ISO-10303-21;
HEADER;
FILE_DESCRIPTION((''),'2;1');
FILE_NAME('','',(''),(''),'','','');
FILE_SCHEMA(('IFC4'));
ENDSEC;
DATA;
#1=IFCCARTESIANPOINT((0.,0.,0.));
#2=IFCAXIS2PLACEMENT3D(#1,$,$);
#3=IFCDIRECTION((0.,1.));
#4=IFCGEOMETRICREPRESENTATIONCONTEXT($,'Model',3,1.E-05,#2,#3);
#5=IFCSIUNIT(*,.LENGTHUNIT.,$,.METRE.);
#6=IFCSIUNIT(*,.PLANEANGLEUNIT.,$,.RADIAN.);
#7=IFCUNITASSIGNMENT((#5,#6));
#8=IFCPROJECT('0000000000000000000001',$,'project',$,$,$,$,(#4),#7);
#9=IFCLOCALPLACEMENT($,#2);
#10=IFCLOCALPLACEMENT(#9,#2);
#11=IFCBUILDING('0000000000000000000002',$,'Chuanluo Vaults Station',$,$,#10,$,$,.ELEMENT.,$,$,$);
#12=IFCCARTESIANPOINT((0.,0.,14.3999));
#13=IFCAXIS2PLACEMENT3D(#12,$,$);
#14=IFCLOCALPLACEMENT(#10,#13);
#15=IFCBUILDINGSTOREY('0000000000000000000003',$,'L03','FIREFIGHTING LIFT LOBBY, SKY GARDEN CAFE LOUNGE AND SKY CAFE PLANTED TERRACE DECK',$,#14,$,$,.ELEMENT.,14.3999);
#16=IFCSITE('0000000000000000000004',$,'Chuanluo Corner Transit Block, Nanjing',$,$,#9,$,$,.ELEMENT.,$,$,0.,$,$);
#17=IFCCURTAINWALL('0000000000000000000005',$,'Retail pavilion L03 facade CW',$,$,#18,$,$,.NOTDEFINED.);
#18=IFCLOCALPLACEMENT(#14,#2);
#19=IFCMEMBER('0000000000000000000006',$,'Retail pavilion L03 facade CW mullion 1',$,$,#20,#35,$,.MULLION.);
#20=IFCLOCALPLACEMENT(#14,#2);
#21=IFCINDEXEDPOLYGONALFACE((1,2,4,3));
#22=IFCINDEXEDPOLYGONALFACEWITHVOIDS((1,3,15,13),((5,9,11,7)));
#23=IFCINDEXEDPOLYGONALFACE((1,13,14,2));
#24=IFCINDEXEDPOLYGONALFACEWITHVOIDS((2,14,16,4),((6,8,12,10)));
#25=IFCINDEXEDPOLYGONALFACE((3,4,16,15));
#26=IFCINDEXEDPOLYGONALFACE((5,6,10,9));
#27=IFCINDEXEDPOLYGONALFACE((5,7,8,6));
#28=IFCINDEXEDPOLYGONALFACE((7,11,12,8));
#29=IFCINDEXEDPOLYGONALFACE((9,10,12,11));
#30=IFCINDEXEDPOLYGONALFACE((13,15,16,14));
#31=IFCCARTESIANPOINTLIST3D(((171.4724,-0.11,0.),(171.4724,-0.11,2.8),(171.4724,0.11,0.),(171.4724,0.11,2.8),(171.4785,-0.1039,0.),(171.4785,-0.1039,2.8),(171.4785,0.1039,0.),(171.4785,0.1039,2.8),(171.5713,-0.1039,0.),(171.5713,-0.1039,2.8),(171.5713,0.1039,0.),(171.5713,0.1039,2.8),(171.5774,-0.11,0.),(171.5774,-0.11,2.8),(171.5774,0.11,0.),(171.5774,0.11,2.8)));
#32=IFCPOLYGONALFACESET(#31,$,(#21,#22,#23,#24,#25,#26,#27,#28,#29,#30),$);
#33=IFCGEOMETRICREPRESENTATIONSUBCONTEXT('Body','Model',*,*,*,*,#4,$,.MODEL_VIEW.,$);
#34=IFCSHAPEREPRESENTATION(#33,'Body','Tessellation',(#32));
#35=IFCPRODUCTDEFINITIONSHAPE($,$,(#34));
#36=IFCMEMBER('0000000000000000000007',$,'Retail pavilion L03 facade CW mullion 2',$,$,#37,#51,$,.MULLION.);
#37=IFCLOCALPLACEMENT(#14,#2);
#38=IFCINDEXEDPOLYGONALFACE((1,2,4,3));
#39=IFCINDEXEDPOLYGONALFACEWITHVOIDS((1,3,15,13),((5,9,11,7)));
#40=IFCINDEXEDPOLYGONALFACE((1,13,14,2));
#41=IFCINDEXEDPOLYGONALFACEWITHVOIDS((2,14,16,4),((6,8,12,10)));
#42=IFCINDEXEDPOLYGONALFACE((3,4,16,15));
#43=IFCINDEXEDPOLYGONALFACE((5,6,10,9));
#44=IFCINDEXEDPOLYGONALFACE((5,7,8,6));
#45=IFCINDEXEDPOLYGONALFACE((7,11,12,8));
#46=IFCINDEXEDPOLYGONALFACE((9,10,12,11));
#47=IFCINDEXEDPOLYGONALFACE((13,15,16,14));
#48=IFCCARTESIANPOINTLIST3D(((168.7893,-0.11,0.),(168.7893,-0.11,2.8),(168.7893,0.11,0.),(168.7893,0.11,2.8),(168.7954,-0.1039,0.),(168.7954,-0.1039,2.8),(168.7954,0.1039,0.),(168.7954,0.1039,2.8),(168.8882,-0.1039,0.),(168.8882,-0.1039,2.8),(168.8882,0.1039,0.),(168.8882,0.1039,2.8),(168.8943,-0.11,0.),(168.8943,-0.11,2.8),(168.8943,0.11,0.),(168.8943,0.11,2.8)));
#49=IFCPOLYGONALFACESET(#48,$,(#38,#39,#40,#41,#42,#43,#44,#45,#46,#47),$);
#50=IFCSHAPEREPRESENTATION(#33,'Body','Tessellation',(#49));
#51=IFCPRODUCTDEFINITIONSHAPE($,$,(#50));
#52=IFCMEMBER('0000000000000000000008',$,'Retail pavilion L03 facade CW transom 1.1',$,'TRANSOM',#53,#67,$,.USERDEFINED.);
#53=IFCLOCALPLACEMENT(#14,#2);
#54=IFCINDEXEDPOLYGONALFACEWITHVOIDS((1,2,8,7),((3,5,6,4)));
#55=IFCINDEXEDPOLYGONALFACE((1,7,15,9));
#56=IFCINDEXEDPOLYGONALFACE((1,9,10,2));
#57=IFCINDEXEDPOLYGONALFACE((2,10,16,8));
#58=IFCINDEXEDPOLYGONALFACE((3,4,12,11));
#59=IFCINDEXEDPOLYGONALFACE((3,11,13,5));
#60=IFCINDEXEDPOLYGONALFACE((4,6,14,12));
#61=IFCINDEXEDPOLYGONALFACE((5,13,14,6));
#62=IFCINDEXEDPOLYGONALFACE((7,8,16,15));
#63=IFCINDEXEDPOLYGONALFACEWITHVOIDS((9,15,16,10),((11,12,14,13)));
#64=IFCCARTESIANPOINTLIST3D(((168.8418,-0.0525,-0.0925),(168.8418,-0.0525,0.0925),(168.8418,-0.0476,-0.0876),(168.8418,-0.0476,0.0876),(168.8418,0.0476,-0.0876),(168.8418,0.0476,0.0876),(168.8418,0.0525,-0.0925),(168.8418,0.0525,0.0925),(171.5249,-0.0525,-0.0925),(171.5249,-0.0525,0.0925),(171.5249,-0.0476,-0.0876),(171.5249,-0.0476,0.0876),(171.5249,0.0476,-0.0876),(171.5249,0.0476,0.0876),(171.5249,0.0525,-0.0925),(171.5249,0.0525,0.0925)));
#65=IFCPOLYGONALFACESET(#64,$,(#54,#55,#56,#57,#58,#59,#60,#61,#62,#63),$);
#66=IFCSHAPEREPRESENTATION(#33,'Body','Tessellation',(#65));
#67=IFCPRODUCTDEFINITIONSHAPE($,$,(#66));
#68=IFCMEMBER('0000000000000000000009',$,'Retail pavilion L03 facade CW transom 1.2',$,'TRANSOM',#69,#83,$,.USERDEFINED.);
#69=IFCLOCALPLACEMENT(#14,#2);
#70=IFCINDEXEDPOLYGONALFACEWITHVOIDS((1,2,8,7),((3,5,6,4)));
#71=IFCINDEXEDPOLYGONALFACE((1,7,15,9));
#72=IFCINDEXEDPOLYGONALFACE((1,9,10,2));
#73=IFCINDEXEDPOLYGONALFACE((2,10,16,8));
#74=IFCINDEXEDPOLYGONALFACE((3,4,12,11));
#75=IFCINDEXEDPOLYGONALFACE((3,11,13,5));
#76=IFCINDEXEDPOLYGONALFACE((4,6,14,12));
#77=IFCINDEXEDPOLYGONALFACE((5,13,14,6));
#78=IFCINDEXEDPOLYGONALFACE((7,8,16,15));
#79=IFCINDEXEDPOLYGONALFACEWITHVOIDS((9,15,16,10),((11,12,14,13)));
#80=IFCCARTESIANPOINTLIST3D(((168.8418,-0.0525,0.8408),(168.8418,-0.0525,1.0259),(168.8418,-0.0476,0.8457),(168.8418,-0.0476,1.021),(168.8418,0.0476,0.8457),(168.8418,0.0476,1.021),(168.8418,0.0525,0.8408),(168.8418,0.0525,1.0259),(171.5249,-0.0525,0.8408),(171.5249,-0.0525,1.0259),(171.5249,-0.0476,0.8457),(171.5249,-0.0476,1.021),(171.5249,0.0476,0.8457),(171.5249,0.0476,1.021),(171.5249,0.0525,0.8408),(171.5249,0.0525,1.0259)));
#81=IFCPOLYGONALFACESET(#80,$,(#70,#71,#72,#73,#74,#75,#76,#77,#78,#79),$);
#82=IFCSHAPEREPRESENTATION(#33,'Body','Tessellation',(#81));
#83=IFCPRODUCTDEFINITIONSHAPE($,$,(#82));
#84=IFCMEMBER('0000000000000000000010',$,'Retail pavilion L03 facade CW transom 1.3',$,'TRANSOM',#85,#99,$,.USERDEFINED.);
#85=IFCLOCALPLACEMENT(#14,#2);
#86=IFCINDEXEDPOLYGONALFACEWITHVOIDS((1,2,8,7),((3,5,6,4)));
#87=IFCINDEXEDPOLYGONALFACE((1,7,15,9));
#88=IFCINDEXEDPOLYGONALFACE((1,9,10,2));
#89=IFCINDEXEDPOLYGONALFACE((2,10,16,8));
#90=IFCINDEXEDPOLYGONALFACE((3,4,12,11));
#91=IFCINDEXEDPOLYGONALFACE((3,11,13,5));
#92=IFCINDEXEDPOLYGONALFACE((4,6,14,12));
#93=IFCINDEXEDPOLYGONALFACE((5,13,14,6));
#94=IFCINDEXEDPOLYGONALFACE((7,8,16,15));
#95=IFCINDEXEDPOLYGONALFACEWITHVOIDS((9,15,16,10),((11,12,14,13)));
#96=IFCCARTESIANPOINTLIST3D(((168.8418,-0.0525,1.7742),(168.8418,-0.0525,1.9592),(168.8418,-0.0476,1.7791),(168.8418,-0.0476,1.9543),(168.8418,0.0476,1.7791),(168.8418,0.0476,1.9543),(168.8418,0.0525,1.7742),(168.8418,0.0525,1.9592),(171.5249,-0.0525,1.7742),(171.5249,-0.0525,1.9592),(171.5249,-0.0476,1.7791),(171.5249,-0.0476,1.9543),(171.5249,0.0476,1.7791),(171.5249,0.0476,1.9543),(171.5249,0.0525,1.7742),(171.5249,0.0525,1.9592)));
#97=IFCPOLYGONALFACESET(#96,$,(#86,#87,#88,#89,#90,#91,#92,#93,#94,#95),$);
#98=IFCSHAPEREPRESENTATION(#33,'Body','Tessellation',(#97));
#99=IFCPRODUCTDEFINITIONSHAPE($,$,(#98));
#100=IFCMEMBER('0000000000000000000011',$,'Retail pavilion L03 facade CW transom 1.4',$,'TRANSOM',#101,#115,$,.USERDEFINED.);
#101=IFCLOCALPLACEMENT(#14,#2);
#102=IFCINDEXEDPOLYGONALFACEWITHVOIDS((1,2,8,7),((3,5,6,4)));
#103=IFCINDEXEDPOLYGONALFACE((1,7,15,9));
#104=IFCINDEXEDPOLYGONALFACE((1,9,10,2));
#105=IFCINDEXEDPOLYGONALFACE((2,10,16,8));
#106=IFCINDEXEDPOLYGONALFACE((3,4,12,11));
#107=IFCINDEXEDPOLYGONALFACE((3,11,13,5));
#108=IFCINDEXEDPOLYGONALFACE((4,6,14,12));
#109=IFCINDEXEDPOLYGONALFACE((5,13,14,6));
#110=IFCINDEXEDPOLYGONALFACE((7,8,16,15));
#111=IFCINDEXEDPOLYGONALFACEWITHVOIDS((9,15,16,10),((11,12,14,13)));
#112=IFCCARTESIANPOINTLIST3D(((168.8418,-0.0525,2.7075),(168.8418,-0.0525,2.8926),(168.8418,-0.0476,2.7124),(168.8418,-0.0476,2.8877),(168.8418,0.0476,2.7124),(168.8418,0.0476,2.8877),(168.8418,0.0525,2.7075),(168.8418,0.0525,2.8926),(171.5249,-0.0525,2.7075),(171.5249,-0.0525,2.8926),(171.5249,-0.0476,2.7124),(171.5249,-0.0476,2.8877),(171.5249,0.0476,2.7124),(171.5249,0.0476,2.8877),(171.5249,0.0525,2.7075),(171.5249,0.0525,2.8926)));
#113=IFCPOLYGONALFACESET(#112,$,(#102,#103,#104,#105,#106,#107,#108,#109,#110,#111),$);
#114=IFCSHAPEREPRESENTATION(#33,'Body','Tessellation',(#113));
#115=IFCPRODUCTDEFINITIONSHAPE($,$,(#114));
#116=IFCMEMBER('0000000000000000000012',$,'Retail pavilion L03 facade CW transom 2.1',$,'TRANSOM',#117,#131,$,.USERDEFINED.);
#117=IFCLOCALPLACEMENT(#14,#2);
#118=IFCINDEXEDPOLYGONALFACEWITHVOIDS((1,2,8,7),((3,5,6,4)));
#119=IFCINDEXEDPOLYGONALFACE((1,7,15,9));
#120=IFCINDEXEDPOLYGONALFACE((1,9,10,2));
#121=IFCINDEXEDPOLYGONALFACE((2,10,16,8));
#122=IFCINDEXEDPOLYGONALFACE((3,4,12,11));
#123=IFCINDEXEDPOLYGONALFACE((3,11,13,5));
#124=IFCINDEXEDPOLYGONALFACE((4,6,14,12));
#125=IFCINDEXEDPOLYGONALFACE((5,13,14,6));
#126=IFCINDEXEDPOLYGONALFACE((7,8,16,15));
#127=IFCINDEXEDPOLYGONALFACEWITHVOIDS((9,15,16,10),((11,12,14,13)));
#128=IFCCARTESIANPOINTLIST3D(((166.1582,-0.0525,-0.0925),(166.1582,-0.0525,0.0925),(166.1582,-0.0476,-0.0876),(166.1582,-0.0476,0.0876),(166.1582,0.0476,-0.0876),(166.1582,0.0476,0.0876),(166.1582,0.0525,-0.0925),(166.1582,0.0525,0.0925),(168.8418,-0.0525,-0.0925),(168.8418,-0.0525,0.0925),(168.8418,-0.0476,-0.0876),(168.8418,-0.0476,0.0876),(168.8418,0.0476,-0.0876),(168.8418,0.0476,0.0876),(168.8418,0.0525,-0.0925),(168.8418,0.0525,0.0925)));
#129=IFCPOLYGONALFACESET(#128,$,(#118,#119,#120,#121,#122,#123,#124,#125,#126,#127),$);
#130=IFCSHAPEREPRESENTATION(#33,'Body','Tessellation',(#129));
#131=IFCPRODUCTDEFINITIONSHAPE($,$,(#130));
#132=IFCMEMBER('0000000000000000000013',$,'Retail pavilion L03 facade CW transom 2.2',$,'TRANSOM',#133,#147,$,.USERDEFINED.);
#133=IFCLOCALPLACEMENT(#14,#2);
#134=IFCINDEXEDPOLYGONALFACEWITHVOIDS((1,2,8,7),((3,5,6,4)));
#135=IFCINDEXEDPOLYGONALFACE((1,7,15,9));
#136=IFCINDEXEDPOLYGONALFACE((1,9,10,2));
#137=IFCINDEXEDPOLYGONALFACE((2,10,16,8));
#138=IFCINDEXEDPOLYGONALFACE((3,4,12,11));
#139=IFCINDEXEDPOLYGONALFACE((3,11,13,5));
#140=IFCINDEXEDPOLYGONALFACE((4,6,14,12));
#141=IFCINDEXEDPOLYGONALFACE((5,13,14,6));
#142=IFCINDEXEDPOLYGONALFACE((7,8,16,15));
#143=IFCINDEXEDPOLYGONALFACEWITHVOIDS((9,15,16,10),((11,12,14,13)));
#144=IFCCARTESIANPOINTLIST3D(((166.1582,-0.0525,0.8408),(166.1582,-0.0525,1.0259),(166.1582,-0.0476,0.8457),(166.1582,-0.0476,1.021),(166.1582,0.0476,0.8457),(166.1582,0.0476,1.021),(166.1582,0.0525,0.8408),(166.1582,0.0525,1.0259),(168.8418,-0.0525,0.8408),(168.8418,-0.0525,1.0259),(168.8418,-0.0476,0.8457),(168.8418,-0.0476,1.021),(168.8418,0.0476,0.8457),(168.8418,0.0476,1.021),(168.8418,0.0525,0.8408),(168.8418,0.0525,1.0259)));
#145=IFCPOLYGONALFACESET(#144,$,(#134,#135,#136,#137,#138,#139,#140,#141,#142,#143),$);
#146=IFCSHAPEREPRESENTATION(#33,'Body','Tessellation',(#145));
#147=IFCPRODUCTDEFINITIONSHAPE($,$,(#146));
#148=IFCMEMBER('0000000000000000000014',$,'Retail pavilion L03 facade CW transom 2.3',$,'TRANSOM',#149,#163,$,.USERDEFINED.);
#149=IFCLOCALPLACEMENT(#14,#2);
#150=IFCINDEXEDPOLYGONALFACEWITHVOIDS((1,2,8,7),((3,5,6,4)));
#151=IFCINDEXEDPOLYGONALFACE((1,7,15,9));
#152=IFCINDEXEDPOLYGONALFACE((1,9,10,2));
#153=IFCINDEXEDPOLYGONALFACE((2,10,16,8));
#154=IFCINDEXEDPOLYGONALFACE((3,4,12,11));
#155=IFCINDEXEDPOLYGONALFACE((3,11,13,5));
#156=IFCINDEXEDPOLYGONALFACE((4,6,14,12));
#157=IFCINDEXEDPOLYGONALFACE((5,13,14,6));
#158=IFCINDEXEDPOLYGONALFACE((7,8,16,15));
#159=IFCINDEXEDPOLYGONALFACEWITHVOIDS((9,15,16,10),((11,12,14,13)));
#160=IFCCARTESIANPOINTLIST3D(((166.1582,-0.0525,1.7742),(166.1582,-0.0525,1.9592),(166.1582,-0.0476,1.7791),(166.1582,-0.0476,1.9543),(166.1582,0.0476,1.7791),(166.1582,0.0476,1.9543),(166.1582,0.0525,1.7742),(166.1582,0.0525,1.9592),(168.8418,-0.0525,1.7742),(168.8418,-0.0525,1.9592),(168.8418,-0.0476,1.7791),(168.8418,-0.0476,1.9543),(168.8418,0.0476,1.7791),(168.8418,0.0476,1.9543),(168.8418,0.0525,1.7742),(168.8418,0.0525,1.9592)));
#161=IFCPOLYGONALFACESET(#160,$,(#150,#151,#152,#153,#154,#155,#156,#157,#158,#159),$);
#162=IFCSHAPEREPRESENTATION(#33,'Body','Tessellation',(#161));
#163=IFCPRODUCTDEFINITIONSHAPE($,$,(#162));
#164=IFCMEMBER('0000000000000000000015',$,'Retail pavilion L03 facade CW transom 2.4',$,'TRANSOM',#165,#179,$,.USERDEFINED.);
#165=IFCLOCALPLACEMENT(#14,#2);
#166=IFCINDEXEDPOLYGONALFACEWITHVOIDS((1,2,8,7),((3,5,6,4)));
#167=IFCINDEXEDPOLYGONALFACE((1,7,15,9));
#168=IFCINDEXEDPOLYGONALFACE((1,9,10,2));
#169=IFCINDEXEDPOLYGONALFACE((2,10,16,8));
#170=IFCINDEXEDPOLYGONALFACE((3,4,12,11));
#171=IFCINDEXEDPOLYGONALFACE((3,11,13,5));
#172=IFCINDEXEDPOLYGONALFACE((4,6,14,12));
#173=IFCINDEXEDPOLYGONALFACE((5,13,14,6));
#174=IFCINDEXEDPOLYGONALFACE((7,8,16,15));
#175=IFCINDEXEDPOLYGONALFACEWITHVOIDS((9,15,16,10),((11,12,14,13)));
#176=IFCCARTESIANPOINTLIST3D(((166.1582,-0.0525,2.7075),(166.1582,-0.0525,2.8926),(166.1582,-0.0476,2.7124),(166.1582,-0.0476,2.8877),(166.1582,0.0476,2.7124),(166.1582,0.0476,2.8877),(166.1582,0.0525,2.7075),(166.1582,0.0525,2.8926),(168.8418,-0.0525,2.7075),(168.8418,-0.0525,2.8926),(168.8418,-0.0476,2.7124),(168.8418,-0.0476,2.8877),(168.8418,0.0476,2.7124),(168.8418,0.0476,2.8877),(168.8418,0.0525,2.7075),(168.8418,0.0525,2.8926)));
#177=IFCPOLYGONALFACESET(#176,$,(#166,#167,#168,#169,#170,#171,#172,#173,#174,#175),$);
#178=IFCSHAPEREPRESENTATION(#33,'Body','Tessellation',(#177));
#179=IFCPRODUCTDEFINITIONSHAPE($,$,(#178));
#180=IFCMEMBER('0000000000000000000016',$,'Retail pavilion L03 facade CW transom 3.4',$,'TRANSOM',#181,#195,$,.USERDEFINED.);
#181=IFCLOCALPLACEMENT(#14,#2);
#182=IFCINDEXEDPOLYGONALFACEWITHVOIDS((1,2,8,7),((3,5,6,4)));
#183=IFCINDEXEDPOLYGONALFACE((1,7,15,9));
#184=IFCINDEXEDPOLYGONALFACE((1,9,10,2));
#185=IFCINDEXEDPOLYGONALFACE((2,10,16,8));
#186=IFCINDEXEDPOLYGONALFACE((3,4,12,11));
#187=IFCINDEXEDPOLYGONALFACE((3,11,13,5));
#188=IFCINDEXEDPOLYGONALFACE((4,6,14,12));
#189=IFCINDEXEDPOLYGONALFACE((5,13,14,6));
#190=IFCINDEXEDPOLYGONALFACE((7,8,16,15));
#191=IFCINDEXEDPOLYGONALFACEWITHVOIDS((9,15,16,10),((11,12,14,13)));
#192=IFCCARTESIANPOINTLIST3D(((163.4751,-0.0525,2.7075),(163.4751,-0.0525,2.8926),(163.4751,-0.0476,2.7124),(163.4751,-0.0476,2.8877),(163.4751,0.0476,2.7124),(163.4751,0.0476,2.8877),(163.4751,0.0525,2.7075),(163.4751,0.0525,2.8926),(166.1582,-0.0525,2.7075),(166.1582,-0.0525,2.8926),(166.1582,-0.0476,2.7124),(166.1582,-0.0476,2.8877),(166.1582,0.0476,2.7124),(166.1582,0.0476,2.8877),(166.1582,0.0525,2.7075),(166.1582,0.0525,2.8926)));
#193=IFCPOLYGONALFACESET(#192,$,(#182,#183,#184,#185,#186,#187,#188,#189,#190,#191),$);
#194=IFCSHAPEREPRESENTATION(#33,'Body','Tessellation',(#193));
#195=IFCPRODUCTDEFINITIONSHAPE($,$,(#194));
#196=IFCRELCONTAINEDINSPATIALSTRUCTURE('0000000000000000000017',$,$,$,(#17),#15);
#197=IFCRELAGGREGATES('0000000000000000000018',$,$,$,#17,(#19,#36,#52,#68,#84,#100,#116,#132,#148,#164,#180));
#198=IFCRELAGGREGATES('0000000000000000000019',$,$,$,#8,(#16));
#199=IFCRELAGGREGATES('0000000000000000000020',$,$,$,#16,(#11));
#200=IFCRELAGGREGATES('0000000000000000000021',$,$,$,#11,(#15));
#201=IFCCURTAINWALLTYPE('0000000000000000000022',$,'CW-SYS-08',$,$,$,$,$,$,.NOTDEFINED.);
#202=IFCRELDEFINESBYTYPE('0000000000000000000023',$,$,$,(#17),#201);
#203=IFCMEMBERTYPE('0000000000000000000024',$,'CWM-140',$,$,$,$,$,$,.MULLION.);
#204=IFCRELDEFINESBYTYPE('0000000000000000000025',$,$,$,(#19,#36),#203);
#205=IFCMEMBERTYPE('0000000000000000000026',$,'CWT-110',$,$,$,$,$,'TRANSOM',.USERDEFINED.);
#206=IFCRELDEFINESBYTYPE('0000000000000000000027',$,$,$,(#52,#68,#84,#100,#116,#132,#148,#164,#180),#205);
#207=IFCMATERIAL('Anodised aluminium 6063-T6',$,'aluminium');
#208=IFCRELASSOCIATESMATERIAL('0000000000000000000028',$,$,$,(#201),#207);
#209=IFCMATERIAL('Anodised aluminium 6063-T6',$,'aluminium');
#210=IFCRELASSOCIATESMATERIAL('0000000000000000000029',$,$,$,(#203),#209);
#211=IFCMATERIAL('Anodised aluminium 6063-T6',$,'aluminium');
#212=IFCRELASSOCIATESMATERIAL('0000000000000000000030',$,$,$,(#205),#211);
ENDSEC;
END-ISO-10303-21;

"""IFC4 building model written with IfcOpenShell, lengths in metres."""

from ifc_helpers import new_model, si_unit, direction, frame, origin, origin_2d, place, context, subcontext, project, spatial, hollow_rectangle, extrude, material, material_profile, profile_set, type_object, element, aggregate, save


model = new_model("IFC4")

# Units and contexts
model_context = context("Model", 3, precision=1e-05, world=origin(), true_north=direction((0.0, 1.0)))
body_context = subcontext(model_context, "Body", "Model", "MODEL_VIEW")
ifc_project = project(units=[si_unit("LENGTHUNIT", "METRE"), si_unit("PLANEANGLEUNIT", "RADIAN")], contexts=[model_context])

# Site, building, storey
site_placement = place(None, origin())
site = spatial("IfcSite", under=ifc_project, at=site_placement, Name="Chuanluo Corner Transit Block, Nanjing", CompositionType="ELEMENT", RefElevation=0.0)
building_placement = place(site_placement, origin())
building = spatial("IfcBuilding", under=site, at=building_placement, Name="Chuanluo Vaults Station", CompositionType="ELEMENT")
storey_placement = place(building_placement, frame((0.0, 0.0, 14.3999)))
storey = spatial("IfcBuildingStorey", under=building, at=storey_placement, Name="L03", Description="FIREFIGHTING LIFT LOBBY, SKY GARDEN CAFE LOUNGE AND SKY CAFE PLANTED TERRACE DECK", CompositionType="ELEMENT", Elevation=14.3999)

# Curtain wall, members
ifc_material_1 = material(Name="Anodised aluminium 6063-T6", Category="aluminium")
curtain_wall_type = type_object("IfcCurtainWallType", Name="CW-SYS-08", PredefinedType="NOTDEFINED", material=ifc_material_1)
curtain_wall_placement = place(storey_placement, origin())
curtain_wall = element("IfcCurtainWall", 1, at=curtain_wall_placement, inside=storey, type_object=curtain_wall_type, Name="Retail pavilion L03 facade CW", PredefinedType="NOTDEFINED")
ifc_material_2 = material(Name="Anodised aluminium 6063-T6", Category="aluminium")
ifc_material_profile_1 = material_profile(ifc_material_2, hollow_rectangle(XDim=0.105, YDim=0.22, WallThickness=0.0061, at=origin_2d()))
ifc_profile_set_1 = profile_set([ifc_material_profile_1], Name="Anodised aluminium 6063-T6")
member_type_1 = type_object("IfcMemberType", Name="CWM-140", PredefinedType="MULLION", material=ifc_profile_set_1)
member_1_placement = place(storey_placement, frame((171.5249, 0.0, 0.0), z_axis=(0.0, 0.0, 1.0), x_axis=(-1.0, 0.0, 0.0)))
member_1 = element("IfcMember", 2, at=member_1_placement, type_object=member_type_1, Name="Retail pavilion L03 facade CW mullion 1", PredefinedType="MULLION", context=body_context, shape_type="SweptSolid", body=[
    extrude(hollow_rectangle(XDim=0.105, YDim=0.22, WallThickness=0.0061, at=origin_2d()), origin(), (0.0, 0.0, 1.0), 2.8),
])
member_2_placement = place(storey_placement, frame((168.8418, 0.0, 0.0), z_axis=(0.0, 0.0, 1.0), x_axis=(-1.0, 0.0, 0.0)))
member_2 = element("IfcMember", 3, at=member_2_placement, type_object=member_type_1, Name="Retail pavilion L03 facade CW mullion 2", PredefinedType="MULLION", context=body_context, shape_type="SweptSolid", body=[
    extrude(hollow_rectangle(XDim=0.105, YDim=0.22, WallThickness=0.0061, at=origin_2d()), origin(), (0.0, 0.0, 1.0), 2.8),
])
ifc_material_3 = material(Name="Anodised aluminium 6063-T6", Category="aluminium")
ifc_material_profile_2 = material_profile(ifc_material_3, hollow_rectangle(XDim=0.105, YDim=0.1851, WallThickness=0.0049, at=origin_2d()))
ifc_profile_set_2 = profile_set([ifc_material_profile_2], Name="Anodised aluminium 6063-T6")
member_type_2 = type_object("IfcMemberType", Name="CWT-110", ElementType="TRANSOM", PredefinedType="USERDEFINED", material=ifc_profile_set_2)
member_3_placement = place(storey_placement, frame((171.5249, 0.0, 0.0), z_axis=(-1.0, 0.0, 0.0), x_axis=(0.0, -1.0, 0.0)))
member_3 = element("IfcMember", 4, at=member_3_placement, type_object=member_type_2, Name="Retail pavilion L03 facade CW transom 1.1", ObjectType="TRANSOM", PredefinedType="USERDEFINED", context=body_context, shape_type="SweptSolid", body=[
    extrude(hollow_rectangle(XDim=0.105, YDim=0.1851, WallThickness=0.0049, at=origin_2d()), origin(), (0.0, 0.0, 1.0), 2.6831),
])
member_4_placement = place(storey_placement, frame((171.5249, 0.0, 0.9333), z_axis=(-1.0, 0.0, 0.0), x_axis=(0.0, -1.0, 0.0)))
member_4 = element("IfcMember", 5, at=member_4_placement, type_object=member_type_2, Name="Retail pavilion L03 facade CW transom 1.2", ObjectType="TRANSOM", PredefinedType="USERDEFINED", context=body_context, shape_type="SweptSolid", body=[
    extrude(hollow_rectangle(XDim=0.105, YDim=0.1851, WallThickness=0.0049, at=origin_2d()), origin(), (0.0, 0.0, 1.0), 2.6831),
])
member_5_placement = place(storey_placement, frame((171.5249, 0.0, 1.8667), z_axis=(-1.0, 0.0, 0.0), x_axis=(0.0, -1.0, 0.0)))
member_5 = element("IfcMember", 6, at=member_5_placement, type_object=member_type_2, Name="Retail pavilion L03 facade CW transom 1.3", ObjectType="TRANSOM", PredefinedType="USERDEFINED", context=body_context, shape_type="SweptSolid", body=[
    extrude(hollow_rectangle(XDim=0.105, YDim=0.1851, WallThickness=0.0049, at=origin_2d()), origin(), (0.0, 0.0, 1.0), 2.6831),
])
member_6_placement = place(storey_placement, frame((171.5249, 0.0, 2.8), z_axis=(-1.0, 0.0, 0.0), x_axis=(0.0, -1.0, 0.0)))
member_6 = element("IfcMember", 7, at=member_6_placement, type_object=member_type_2, Name="Retail pavilion L03 facade CW transom 1.4", ObjectType="TRANSOM", PredefinedType="USERDEFINED", context=body_context, shape_type="SweptSolid", body=[
    extrude(hollow_rectangle(XDim=0.105, YDim=0.1851, WallThickness=0.0049, at=origin_2d()), origin(), (0.0, 0.0, 1.0), 2.6831),
])
member_7_placement = place(storey_placement, frame((168.8418, 0.0, 0.0), z_axis=(-1.0, 0.0, 0.0), x_axis=(0.0, -1.0, 0.0)))
member_7 = element("IfcMember", 8, at=member_7_placement, type_object=member_type_2, Name="Retail pavilion L03 facade CW transom 2.1", ObjectType="TRANSOM", PredefinedType="USERDEFINED", context=body_context, shape_type="SweptSolid", body=[
    extrude(hollow_rectangle(XDim=0.105, YDim=0.1851, WallThickness=0.0049, at=origin_2d()), origin(), (0.0, 0.0, 1.0), 2.6836),
])
member_8_placement = place(storey_placement, frame((168.8418, 0.0, 0.9333), z_axis=(-1.0, 0.0, 0.0), x_axis=(0.0, -1.0, 0.0)))
member_8 = element("IfcMember", 9, at=member_8_placement, type_object=member_type_2, Name="Retail pavilion L03 facade CW transom 2.2", ObjectType="TRANSOM", PredefinedType="USERDEFINED", context=body_context, shape_type="SweptSolid", body=[
    extrude(hollow_rectangle(XDim=0.105, YDim=0.1851, WallThickness=0.0049, at=origin_2d()), origin(), (0.0, 0.0, 1.0), 2.6836),
])
member_9_placement = place(storey_placement, frame((168.8418, 0.0, 1.8667), z_axis=(-1.0, 0.0, 0.0), x_axis=(0.0, -1.0, 0.0)))
member_9 = element("IfcMember", 10, at=member_9_placement, type_object=member_type_2, Name="Retail pavilion L03 facade CW transom 2.3", ObjectType="TRANSOM", PredefinedType="USERDEFINED", context=body_context, shape_type="SweptSolid", body=[
    extrude(hollow_rectangle(XDim=0.105, YDim=0.1851, WallThickness=0.0049, at=origin_2d()), origin(), (0.0, 0.0, 1.0), 2.6836),
])
member_10_placement = place(storey_placement, frame((168.8418, 0.0, 2.8), z_axis=(-1.0, 0.0, 0.0), x_axis=(0.0, -1.0, 0.0)))
member_10 = element("IfcMember", 11, at=member_10_placement, type_object=member_type_2, Name="Retail pavilion L03 facade CW transom 2.4", ObjectType="TRANSOM", PredefinedType="USERDEFINED", context=body_context, shape_type="SweptSolid", body=[
    extrude(hollow_rectangle(XDim=0.105, YDim=0.1851, WallThickness=0.0049, at=origin_2d()), origin(), (0.0, 0.0, 1.0), 2.6836),
])
member_11_placement = place(storey_placement, frame((166.1582, 0.0, 2.8), z_axis=(-1.0, 0.0, 0.0), x_axis=(0.0, -1.0, 0.0)))
member_11 = element("IfcMember", 12, at=member_11_placement, type_object=member_type_2, Name="Retail pavilion L03 facade CW transom 3.4", ObjectType="TRANSOM", PredefinedType="USERDEFINED", context=body_context, shape_type="SweptSolid", body=[
    extrude(hollow_rectangle(XDim=0.105, YDim=0.1851, WallThickness=0.0049, at=origin_2d()), origin(), (0.0, 0.0, 1.0), 2.6831),
])
aggregate(curtain_wall, [member_1, member_2, member_3, member_4, member_5, member_6, member_7, member_8, member_9, member_10, member_11])

save(model, "model.ifc")
